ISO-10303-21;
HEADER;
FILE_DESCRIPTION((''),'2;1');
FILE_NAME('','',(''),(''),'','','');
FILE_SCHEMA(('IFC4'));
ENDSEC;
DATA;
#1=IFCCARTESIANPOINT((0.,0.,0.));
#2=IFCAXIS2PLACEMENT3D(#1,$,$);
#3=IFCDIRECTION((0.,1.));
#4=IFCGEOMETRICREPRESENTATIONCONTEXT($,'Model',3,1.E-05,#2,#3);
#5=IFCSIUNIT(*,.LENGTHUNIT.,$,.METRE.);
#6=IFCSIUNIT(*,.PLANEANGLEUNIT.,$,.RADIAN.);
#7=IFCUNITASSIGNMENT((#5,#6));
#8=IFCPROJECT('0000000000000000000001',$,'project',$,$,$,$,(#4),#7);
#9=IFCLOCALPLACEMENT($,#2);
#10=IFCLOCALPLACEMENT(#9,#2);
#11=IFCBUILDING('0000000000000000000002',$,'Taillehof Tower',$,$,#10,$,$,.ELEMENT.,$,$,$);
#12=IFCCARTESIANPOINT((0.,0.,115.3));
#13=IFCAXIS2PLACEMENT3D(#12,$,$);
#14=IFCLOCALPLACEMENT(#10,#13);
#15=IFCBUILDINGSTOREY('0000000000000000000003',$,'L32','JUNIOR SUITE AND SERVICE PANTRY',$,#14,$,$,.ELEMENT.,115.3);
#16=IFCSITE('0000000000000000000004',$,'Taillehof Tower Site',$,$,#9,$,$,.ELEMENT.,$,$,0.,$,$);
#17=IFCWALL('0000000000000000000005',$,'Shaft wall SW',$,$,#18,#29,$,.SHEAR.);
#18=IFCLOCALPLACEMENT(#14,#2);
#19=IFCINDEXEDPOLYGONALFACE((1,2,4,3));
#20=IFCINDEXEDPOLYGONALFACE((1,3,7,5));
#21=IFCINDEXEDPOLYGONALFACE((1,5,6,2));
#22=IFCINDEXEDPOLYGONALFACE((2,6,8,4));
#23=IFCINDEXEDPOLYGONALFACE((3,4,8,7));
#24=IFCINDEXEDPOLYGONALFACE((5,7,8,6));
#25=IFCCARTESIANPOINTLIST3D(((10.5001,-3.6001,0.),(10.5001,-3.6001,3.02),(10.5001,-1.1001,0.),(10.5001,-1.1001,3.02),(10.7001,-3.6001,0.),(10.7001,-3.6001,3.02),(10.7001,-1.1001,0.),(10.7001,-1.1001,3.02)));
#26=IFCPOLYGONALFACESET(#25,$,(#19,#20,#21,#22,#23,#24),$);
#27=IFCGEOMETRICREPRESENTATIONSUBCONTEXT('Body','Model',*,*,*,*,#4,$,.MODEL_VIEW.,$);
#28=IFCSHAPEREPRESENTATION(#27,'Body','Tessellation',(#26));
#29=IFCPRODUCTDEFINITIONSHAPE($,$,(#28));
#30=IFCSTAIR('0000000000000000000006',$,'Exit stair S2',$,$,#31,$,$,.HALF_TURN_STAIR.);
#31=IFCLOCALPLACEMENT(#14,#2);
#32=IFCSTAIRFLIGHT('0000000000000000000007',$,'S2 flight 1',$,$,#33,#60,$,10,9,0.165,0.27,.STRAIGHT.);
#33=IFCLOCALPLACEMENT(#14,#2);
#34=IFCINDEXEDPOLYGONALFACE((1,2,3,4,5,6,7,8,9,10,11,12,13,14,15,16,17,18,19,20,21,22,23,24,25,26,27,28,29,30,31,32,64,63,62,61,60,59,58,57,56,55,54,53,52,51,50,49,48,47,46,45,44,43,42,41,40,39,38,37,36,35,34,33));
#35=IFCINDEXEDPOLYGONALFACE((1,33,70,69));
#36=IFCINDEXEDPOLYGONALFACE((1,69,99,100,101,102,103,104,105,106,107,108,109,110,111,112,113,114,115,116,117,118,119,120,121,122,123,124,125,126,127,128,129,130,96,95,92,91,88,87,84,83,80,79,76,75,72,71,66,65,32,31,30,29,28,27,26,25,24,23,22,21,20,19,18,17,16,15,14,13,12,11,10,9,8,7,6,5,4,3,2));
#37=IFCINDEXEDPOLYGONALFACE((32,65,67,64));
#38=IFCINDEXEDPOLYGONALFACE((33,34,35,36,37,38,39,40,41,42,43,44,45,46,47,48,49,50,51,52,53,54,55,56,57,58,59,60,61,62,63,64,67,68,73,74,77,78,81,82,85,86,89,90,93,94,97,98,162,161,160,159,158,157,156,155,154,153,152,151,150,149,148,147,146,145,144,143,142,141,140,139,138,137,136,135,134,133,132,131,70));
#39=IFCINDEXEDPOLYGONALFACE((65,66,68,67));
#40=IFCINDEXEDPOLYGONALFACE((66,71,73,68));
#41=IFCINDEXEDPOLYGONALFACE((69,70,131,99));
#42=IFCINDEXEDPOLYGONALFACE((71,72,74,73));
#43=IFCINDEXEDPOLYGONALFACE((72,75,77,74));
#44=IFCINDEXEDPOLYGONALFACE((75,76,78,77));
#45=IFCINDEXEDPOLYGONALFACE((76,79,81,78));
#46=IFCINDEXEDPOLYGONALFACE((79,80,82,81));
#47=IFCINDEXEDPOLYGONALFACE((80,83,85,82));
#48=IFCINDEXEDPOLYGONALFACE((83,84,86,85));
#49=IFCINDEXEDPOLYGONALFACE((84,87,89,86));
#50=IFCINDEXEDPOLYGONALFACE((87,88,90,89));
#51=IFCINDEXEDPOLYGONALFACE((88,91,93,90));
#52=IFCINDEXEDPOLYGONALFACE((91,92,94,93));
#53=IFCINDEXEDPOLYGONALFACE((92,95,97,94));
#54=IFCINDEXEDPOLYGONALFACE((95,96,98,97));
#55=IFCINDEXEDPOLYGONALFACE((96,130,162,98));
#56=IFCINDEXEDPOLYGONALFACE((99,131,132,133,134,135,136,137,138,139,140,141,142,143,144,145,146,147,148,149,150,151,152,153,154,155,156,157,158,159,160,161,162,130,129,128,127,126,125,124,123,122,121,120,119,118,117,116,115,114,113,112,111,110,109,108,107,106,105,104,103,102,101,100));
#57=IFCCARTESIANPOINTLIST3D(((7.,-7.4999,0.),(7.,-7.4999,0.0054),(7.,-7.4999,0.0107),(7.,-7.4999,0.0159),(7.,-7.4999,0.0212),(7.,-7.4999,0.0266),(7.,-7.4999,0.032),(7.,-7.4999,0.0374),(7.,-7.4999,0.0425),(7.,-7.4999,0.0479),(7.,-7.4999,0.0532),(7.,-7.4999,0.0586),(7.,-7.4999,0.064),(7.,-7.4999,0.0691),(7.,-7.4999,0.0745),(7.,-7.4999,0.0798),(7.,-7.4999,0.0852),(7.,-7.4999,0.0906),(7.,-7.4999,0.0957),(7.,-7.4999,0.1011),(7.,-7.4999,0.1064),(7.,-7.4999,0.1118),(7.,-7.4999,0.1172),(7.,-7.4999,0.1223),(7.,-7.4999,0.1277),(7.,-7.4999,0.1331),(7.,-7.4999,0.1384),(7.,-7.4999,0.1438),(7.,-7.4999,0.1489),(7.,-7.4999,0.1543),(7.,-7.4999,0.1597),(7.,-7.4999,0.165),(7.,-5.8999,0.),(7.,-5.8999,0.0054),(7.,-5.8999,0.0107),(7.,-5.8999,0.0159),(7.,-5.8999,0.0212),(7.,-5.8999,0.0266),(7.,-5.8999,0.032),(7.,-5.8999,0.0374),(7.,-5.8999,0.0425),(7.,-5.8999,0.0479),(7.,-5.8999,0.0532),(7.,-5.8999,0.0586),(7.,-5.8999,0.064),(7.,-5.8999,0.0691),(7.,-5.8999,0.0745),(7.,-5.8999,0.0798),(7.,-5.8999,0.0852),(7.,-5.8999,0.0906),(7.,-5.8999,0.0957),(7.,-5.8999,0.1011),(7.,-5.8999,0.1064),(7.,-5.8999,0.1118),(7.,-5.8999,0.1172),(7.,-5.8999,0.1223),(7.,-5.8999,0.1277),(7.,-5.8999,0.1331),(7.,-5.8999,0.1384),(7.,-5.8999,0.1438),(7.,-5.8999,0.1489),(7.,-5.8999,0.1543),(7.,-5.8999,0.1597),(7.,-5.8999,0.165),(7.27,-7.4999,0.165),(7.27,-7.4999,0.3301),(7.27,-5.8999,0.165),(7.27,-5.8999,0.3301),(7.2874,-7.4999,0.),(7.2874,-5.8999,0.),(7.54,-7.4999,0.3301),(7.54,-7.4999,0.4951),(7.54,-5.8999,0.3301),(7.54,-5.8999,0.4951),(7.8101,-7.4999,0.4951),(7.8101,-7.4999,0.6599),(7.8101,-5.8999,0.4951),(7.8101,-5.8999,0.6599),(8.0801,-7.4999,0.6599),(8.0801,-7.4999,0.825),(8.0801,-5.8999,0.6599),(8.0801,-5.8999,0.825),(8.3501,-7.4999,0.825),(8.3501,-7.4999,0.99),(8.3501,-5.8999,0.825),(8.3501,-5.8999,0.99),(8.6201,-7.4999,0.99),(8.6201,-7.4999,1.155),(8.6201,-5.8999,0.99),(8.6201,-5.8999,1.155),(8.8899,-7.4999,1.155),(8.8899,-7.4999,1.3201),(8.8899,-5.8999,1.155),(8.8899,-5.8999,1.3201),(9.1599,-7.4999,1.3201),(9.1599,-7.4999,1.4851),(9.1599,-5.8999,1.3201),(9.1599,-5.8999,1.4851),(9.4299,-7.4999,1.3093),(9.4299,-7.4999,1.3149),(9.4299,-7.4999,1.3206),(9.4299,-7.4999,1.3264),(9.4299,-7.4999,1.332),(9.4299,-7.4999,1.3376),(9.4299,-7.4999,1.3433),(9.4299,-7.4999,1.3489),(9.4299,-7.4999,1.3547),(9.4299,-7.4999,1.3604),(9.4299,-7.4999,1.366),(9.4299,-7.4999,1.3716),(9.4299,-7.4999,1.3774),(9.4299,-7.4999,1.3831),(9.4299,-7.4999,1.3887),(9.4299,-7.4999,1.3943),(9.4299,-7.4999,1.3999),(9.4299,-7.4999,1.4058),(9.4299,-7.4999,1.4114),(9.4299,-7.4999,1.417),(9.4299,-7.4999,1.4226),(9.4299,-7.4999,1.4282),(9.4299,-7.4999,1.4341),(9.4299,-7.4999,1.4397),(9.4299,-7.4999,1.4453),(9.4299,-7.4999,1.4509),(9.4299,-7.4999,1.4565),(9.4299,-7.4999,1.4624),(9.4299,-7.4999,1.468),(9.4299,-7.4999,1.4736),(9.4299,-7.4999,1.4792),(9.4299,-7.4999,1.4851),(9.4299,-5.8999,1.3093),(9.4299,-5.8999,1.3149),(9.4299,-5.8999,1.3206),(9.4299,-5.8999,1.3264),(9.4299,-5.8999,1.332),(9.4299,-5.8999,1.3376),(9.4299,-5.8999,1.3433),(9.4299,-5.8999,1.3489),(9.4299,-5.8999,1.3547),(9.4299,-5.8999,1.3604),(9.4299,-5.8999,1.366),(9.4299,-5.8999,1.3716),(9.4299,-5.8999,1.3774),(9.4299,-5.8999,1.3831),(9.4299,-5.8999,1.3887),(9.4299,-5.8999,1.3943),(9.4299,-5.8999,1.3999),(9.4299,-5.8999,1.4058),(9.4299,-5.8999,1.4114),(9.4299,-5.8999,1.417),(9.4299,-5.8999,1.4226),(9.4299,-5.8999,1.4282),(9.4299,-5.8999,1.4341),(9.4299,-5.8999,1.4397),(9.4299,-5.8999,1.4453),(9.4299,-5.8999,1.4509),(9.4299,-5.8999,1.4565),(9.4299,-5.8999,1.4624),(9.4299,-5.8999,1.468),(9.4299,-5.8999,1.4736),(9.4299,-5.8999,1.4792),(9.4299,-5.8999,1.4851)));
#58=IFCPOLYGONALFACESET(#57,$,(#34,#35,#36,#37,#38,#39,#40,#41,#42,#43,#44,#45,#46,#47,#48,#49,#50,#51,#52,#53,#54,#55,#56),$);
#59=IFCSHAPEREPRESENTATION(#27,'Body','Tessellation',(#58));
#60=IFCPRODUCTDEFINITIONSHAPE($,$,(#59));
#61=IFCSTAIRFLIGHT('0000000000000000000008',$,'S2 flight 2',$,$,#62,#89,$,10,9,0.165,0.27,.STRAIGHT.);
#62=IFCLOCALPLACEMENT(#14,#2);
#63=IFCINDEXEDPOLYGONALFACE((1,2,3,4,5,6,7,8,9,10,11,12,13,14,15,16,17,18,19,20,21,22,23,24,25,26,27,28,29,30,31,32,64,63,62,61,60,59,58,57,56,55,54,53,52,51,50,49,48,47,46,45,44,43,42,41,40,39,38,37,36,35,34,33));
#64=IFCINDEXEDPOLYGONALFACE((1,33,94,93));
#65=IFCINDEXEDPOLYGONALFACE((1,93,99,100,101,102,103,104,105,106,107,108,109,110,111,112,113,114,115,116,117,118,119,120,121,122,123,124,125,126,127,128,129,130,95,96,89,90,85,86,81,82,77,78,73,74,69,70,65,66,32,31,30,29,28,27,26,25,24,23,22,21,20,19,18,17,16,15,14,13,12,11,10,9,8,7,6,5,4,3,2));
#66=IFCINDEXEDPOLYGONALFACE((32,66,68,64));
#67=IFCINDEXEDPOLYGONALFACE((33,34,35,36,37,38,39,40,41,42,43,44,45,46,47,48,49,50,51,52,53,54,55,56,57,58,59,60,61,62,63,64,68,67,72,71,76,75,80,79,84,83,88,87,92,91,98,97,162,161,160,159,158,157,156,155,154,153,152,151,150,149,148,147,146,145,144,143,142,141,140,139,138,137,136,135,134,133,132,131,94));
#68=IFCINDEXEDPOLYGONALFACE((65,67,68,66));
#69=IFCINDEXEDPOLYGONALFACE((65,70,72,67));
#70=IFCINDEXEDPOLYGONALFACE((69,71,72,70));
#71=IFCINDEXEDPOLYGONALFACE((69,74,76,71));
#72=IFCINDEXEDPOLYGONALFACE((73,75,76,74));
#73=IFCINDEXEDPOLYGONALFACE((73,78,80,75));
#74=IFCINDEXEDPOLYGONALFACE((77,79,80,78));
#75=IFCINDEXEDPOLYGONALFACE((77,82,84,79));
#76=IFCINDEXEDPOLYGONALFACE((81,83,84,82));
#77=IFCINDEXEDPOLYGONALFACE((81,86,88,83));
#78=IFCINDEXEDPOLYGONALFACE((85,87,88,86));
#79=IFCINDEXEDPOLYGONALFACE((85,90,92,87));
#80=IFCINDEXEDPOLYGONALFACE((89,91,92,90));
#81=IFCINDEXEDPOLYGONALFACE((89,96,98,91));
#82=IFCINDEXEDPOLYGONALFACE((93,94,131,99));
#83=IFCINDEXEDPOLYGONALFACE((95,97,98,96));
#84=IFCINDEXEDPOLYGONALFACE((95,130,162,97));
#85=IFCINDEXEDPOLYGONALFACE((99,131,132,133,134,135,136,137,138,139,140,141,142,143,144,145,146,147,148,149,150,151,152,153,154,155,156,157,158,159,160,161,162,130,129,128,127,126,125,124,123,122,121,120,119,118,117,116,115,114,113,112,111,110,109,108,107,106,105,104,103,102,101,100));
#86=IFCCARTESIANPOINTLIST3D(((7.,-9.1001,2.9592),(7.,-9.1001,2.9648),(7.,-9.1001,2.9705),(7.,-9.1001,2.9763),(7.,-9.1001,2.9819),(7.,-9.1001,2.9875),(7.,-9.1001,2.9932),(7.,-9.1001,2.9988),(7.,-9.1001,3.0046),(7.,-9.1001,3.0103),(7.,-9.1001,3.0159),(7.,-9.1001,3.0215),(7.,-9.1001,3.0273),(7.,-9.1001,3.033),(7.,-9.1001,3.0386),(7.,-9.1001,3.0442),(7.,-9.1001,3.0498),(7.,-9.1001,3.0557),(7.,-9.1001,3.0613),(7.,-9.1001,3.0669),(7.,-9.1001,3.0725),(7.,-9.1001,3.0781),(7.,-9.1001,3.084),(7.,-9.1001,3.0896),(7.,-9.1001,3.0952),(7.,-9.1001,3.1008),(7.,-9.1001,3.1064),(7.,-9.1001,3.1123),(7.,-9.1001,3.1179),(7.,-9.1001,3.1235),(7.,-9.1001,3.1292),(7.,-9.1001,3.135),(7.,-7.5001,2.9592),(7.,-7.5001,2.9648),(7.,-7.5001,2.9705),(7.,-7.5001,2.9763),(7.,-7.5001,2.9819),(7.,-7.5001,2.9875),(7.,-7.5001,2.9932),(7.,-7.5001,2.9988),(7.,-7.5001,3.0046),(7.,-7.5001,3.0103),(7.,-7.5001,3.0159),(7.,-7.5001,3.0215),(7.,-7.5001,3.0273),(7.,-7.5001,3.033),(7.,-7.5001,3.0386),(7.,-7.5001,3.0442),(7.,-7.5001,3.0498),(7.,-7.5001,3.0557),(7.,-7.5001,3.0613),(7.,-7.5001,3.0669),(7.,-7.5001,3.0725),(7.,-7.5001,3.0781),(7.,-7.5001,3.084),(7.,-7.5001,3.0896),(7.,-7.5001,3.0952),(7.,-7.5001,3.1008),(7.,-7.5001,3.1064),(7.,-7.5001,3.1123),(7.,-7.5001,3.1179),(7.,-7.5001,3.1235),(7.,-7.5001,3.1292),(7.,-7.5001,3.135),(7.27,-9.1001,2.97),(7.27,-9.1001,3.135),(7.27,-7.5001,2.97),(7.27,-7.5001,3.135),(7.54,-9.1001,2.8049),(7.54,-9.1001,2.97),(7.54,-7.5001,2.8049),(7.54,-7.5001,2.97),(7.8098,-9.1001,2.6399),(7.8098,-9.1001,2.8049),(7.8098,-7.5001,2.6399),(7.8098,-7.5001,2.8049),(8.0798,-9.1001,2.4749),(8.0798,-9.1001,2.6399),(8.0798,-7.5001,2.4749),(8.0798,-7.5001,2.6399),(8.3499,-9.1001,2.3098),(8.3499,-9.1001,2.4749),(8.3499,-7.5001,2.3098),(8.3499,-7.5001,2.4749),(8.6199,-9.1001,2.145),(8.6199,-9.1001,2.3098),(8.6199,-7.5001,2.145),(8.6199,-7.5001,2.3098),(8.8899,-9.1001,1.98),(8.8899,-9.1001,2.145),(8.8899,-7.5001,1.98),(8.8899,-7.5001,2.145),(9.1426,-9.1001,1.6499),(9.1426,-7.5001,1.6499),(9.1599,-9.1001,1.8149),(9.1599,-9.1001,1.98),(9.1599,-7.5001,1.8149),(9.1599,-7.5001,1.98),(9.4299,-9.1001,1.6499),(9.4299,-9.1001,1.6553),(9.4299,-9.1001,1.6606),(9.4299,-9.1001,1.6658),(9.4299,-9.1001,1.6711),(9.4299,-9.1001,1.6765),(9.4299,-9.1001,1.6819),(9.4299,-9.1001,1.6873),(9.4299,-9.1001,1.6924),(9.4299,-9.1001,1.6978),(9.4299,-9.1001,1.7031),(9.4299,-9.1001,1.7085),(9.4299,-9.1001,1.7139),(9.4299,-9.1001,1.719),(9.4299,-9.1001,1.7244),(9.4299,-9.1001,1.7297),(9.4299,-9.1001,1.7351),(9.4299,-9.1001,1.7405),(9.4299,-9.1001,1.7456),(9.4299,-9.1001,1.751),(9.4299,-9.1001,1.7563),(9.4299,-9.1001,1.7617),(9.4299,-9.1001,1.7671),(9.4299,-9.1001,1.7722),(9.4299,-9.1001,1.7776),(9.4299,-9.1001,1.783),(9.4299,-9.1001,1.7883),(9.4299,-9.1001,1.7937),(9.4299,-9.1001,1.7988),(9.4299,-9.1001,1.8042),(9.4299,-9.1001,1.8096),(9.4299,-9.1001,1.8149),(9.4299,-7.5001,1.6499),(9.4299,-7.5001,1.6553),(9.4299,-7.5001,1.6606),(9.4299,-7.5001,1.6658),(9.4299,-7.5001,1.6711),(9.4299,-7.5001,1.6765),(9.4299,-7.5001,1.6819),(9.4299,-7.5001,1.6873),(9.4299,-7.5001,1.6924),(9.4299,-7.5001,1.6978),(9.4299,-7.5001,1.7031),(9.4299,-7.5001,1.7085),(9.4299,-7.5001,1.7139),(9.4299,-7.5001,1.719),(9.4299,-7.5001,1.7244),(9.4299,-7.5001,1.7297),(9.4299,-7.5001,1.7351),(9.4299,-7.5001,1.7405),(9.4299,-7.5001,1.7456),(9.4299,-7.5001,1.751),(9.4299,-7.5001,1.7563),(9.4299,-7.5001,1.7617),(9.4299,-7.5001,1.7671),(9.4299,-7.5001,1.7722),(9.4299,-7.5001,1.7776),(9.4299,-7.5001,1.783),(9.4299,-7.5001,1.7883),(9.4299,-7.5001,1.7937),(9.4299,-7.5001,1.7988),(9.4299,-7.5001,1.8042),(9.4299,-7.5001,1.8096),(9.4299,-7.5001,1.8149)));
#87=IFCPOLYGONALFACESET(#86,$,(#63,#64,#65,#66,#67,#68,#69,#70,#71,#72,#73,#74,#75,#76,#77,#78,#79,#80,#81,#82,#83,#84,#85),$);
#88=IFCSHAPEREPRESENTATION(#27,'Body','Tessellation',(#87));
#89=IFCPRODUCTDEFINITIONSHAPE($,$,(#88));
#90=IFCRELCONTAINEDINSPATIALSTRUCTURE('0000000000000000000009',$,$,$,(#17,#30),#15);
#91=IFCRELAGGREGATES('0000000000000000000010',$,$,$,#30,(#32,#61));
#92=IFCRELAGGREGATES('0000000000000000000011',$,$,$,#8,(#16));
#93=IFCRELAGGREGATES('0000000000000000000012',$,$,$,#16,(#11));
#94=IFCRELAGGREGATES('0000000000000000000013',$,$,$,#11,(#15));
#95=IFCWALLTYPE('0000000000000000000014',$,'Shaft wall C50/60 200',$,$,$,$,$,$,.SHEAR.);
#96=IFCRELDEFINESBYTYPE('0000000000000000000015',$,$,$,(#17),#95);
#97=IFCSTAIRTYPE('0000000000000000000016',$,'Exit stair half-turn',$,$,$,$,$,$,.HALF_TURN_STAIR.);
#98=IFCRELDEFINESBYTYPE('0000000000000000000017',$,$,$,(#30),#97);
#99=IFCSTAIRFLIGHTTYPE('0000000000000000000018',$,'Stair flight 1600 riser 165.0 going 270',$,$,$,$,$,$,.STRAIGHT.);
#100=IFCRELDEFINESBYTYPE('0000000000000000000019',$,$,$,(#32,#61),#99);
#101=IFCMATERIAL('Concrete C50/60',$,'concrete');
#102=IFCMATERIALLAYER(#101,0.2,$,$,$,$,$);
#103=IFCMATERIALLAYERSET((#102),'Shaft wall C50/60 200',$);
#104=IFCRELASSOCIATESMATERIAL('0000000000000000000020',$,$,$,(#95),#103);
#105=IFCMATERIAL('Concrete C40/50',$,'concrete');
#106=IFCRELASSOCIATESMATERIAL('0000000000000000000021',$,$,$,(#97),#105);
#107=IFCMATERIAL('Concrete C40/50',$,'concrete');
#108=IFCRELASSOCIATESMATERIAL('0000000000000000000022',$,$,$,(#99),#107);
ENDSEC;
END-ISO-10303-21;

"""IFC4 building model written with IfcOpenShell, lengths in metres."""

from ifc_helpers import new_model, si_unit, direction, frame, frame_2d, origin, place, context, subcontext, project, spatial, polyline, rectangle, outline, extrude, material, layer, layer_set, type_object, element, aggregate, save


model = new_model("IFC4")

# Units and contexts
model_context = context("Model", 3, precision=1e-05, world=origin(), true_north=direction((0.0, 1.0)))
body_context = subcontext(model_context, "Body", "Model", "MODEL_VIEW")
ifc_project = project(units=[si_unit("LENGTHUNIT", "METRE"), si_unit("PLANEANGLEUNIT", "RADIAN")], contexts=[model_context])

# Site, building, storey
site_placement = place(None, origin())
site = spatial("IfcSite", under=ifc_project, at=site_placement, Name="Taillehof Tower Site", CompositionType="ELEMENT", RefElevation=0.0)
building_placement = place(site_placement, origin())
building = spatial("IfcBuilding", under=site, at=building_placement, Name="Taillehof Tower", CompositionType="ELEMENT")
storey_placement = place(building_placement, frame((0.0, 0.0, 115.3)))
storey = spatial("IfcBuildingStorey", under=building, at=storey_placement, Name="L32", Description="JUNIOR SUITE AND SERVICE PANTRY", CompositionType="ELEMENT", Elevation=115.3)

# Shared definitions
ifc_material_1 = material(Name="Concrete C50/60", Category="concrete")
ifc_layer_1 = layer(ifc_material_1, 0.2)
ifc_layer_set_1 = layer_set([ifc_layer_1], Name="Shaft wall C50/60 200")
wall_type_1 = type_object("IfcWallType", Name="Shaft wall C50/60 200", PredefinedType="SHEAR", material=ifc_layer_set_1)

# Wall
wall_1_placement = place(storey_placement, frame((10.6001, -3.6001, 0.0), z_axis=(0.0, 0.0, 1.0), x_axis=(0.0, 1.0, 0.0)))
element("IfcWall", 1, at=wall_1_placement, inside=storey, type_object=wall_type_1, Name="Shaft wall SW", PredefinedType="SHEAR", context=body_context, shape_type="SweptSolid", body=[
    extrude(rectangle(XDim=2.5, YDim=0.2, at=frame_2d((1.25, 0.0))), origin(), (0.0, 0.0, 1.0), 3.02),
])

# Stair, stair flights
ifc_material_2 = material(Name="Concrete C40/50", Category="concrete")
stair_type = type_object("IfcStairType", Name="Exit stair half-turn", PredefinedType="HALF_TURN_STAIR", material=ifc_material_2)
stair_placement = place(storey_placement, origin())
stair = element("IfcStair", 2, at=stair_placement, inside=storey, type_object=stair_type, Name="Exit stair S2", PredefinedType="HALF_TURN_STAIR")
ifc_material_3 = material(Name="Concrete C40/50", Category="concrete")
stair_flight_type = type_object("IfcStairFlightType", Name="Stair flight 1600 riser 165.0 going 270", PredefinedType="STRAIGHT", material=ifc_material_3)
stair_flight_1_placement = place(storey_placement, frame((7.0, -6.7, 0.0), z_axis=(0.0, 0.0, 1.0), x_axis=(1.0, 0.0, 0.0)))
stair_flight_1 = element("IfcStairFlight", 3, at=stair_flight_1_placement, type_object=stair_flight_type, Name="S2 flight 1", NumberOfRisers=10, NumberOfTreads=9, PredefinedType="STRAIGHT", RiserHeight=0.165, TreadLength=0.27, context=body_context, shape_type="SweptSolid", body=[
    extrude(outline(polyline([(0.0, 0.0), (0.0, 0.0054), (0.0, 0.0107), (0.0, 0.0159), (0.0, 0.0212), (0.0, 0.0266), (0.0, 0.032), (0.0, 0.0374), (0.0, 0.0425), (0.0, 0.0479), (0.0, 0.0532), (0.0, 0.0586), (0.0, 0.064), (0.0, 0.0691), (0.0, 0.0745), (0.0, 0.0798), (0.0, 0.0852), (0.0, 0.0906), (0.0, 0.0957), (0.0, 0.1011), (0.0, 0.1064), (0.0, 0.1118), (0.0, 0.1172), (0.0, 0.1223), (0.0, 0.1277), (0.0, 0.1331), (0.0, 0.1384), (0.0, 0.1438), (0.0, 0.1489), (0.0, 0.1543), (0.0, 0.1597), (0.0, 0.165), (0.27, 0.165), (0.27, 0.3301), (0.54, 0.3301), (0.54, 0.4951), (0.8101, 0.4951), (0.8101, 0.6599), (1.0801, 0.6599), (1.0801, 0.825), (1.3501, 0.825), (1.3501, 0.99), (1.6201, 0.99), (1.6201, 1.155), (1.8899, 1.155), (1.8899, 1.3201), (2.1599, 1.3201), (2.1599, 1.4851), (2.4299, 1.4851), (2.4299, 1.4792), (2.4299, 1.4736), (2.4299, 1.468), (2.4299, 1.4624), (2.4299, 1.4565), (2.4299, 1.4509), (2.4299, 1.4453), (2.4299, 1.4397), (2.4299, 1.4341), (2.4299, 1.4282), (2.4299, 1.4226), (2.4299, 1.417), (2.4299, 1.4114), (2.4299, 1.4058), (2.4299, 1.3999), (2.4299, 1.3943), (2.4299, 1.3887), (2.4299, 1.3831), (2.4299, 1.3774), (2.4299, 1.3716), (2.4299, 1.366), (2.4299, 1.3604), (2.4299, 1.3547), (2.4299, 1.3489), (2.4299, 1.3433), (2.4299, 1.3376), (2.4299, 1.332), (2.4299, 1.3264), (2.4299, 1.3206), (2.4299, 1.3149), (2.4299, 1.3093), (0.2874, 0.0), (0.0, 0.0)])), frame((0.0, 0.8, 0.0), z_axis=(0.0, -1.0, 0.0), x_axis=(1.0, 0.0, 0.0)), (0.0, 0.0, 1.0), 1.6),
])
stair_flight_2_placement = place(storey_placement, frame((9.4299, -8.3, 1.6499), z_axis=(0.0, 0.0, 1.0), x_axis=(-1.0, 0.0, 0.0)))
stair_flight_2 = element("IfcStairFlight", 4, at=stair_flight_2_placement, type_object=stair_flight_type, Name="S2 flight 2", NumberOfRisers=10, NumberOfTreads=9, PredefinedType="STRAIGHT", RiserHeight=0.165, TreadLength=0.27, context=body_context, shape_type="SweptSolid", body=[
    extrude(outline(polyline([(0.0, 0.0), (0.0, 0.0054), (0.0, 0.0107), (0.0, 0.0159), (0.0, 0.0212), (0.0, 0.0266), (0.0, 0.032), (0.0, 0.0374), (0.0, 0.0425), (0.0, 0.0479), (0.0, 0.0532), (0.0, 0.0586), (0.0, 0.064), (0.0, 0.0691), (0.0, 0.0745), (0.0, 0.0798), (0.0, 0.0852), (0.0, 0.0906), (0.0, 0.0957), (0.0, 0.1011), (0.0, 0.1064), (0.0, 0.1118), (0.0, 0.1172), (0.0, 0.1223), (0.0, 0.1277), (0.0, 0.1331), (0.0, 0.1384), (0.0, 0.1438), (0.0, 0.1489), (0.0, 0.1543), (0.0, 0.1597), (0.0, 0.165), (0.27, 0.165), (0.27, 0.3301), (0.54, 0.3301), (0.54, 0.4951), (0.8101, 0.4951), (0.8101, 0.6599), (1.0801, 0.6599), (1.0801, 0.825), (1.3501, 0.825), (1.3501, 0.99), (1.6201, 0.99), (1.6201, 1.155), (1.8899, 1.155), (1.8899, 1.3201), (2.1599, 1.3201), (2.1599, 1.4851), (2.4299, 1.4851), (2.4299, 1.4792), (2.4299, 1.4736), (2.4299, 1.468), (2.4299, 1.4624), (2.4299, 1.4565), (2.4299, 1.4509), (2.4299, 1.4453), (2.4299, 1.4397), (2.4299, 1.4341), (2.4299, 1.4282), (2.4299, 1.4226), (2.4299, 1.417), (2.4299, 1.4114), (2.4299, 1.4058), (2.4299, 1.3999), (2.4299, 1.3943), (2.4299, 1.3887), (2.4299, 1.3831), (2.4299, 1.3774), (2.4299, 1.3716), (2.4299, 1.366), (2.4299, 1.3604), (2.4299, 1.3547), (2.4299, 1.3489), (2.4299, 1.3433), (2.4299, 1.3376), (2.4299, 1.332), (2.4299, 1.3264), (2.4299, 1.3206), (2.4299, 1.3149), (2.4299, 1.3093), (0.2874, 0.0), (0.0, 0.0)])), frame((0.0, 0.8, 0.0), z_axis=(0.0, -1.0, 0.0), x_axis=(1.0, 0.0, 0.0)), (0.0, 0.0, 1.0), 1.6),
])
aggregate(stair, [stair_flight_1, stair_flight_2])

save(model, "model.ifc")
